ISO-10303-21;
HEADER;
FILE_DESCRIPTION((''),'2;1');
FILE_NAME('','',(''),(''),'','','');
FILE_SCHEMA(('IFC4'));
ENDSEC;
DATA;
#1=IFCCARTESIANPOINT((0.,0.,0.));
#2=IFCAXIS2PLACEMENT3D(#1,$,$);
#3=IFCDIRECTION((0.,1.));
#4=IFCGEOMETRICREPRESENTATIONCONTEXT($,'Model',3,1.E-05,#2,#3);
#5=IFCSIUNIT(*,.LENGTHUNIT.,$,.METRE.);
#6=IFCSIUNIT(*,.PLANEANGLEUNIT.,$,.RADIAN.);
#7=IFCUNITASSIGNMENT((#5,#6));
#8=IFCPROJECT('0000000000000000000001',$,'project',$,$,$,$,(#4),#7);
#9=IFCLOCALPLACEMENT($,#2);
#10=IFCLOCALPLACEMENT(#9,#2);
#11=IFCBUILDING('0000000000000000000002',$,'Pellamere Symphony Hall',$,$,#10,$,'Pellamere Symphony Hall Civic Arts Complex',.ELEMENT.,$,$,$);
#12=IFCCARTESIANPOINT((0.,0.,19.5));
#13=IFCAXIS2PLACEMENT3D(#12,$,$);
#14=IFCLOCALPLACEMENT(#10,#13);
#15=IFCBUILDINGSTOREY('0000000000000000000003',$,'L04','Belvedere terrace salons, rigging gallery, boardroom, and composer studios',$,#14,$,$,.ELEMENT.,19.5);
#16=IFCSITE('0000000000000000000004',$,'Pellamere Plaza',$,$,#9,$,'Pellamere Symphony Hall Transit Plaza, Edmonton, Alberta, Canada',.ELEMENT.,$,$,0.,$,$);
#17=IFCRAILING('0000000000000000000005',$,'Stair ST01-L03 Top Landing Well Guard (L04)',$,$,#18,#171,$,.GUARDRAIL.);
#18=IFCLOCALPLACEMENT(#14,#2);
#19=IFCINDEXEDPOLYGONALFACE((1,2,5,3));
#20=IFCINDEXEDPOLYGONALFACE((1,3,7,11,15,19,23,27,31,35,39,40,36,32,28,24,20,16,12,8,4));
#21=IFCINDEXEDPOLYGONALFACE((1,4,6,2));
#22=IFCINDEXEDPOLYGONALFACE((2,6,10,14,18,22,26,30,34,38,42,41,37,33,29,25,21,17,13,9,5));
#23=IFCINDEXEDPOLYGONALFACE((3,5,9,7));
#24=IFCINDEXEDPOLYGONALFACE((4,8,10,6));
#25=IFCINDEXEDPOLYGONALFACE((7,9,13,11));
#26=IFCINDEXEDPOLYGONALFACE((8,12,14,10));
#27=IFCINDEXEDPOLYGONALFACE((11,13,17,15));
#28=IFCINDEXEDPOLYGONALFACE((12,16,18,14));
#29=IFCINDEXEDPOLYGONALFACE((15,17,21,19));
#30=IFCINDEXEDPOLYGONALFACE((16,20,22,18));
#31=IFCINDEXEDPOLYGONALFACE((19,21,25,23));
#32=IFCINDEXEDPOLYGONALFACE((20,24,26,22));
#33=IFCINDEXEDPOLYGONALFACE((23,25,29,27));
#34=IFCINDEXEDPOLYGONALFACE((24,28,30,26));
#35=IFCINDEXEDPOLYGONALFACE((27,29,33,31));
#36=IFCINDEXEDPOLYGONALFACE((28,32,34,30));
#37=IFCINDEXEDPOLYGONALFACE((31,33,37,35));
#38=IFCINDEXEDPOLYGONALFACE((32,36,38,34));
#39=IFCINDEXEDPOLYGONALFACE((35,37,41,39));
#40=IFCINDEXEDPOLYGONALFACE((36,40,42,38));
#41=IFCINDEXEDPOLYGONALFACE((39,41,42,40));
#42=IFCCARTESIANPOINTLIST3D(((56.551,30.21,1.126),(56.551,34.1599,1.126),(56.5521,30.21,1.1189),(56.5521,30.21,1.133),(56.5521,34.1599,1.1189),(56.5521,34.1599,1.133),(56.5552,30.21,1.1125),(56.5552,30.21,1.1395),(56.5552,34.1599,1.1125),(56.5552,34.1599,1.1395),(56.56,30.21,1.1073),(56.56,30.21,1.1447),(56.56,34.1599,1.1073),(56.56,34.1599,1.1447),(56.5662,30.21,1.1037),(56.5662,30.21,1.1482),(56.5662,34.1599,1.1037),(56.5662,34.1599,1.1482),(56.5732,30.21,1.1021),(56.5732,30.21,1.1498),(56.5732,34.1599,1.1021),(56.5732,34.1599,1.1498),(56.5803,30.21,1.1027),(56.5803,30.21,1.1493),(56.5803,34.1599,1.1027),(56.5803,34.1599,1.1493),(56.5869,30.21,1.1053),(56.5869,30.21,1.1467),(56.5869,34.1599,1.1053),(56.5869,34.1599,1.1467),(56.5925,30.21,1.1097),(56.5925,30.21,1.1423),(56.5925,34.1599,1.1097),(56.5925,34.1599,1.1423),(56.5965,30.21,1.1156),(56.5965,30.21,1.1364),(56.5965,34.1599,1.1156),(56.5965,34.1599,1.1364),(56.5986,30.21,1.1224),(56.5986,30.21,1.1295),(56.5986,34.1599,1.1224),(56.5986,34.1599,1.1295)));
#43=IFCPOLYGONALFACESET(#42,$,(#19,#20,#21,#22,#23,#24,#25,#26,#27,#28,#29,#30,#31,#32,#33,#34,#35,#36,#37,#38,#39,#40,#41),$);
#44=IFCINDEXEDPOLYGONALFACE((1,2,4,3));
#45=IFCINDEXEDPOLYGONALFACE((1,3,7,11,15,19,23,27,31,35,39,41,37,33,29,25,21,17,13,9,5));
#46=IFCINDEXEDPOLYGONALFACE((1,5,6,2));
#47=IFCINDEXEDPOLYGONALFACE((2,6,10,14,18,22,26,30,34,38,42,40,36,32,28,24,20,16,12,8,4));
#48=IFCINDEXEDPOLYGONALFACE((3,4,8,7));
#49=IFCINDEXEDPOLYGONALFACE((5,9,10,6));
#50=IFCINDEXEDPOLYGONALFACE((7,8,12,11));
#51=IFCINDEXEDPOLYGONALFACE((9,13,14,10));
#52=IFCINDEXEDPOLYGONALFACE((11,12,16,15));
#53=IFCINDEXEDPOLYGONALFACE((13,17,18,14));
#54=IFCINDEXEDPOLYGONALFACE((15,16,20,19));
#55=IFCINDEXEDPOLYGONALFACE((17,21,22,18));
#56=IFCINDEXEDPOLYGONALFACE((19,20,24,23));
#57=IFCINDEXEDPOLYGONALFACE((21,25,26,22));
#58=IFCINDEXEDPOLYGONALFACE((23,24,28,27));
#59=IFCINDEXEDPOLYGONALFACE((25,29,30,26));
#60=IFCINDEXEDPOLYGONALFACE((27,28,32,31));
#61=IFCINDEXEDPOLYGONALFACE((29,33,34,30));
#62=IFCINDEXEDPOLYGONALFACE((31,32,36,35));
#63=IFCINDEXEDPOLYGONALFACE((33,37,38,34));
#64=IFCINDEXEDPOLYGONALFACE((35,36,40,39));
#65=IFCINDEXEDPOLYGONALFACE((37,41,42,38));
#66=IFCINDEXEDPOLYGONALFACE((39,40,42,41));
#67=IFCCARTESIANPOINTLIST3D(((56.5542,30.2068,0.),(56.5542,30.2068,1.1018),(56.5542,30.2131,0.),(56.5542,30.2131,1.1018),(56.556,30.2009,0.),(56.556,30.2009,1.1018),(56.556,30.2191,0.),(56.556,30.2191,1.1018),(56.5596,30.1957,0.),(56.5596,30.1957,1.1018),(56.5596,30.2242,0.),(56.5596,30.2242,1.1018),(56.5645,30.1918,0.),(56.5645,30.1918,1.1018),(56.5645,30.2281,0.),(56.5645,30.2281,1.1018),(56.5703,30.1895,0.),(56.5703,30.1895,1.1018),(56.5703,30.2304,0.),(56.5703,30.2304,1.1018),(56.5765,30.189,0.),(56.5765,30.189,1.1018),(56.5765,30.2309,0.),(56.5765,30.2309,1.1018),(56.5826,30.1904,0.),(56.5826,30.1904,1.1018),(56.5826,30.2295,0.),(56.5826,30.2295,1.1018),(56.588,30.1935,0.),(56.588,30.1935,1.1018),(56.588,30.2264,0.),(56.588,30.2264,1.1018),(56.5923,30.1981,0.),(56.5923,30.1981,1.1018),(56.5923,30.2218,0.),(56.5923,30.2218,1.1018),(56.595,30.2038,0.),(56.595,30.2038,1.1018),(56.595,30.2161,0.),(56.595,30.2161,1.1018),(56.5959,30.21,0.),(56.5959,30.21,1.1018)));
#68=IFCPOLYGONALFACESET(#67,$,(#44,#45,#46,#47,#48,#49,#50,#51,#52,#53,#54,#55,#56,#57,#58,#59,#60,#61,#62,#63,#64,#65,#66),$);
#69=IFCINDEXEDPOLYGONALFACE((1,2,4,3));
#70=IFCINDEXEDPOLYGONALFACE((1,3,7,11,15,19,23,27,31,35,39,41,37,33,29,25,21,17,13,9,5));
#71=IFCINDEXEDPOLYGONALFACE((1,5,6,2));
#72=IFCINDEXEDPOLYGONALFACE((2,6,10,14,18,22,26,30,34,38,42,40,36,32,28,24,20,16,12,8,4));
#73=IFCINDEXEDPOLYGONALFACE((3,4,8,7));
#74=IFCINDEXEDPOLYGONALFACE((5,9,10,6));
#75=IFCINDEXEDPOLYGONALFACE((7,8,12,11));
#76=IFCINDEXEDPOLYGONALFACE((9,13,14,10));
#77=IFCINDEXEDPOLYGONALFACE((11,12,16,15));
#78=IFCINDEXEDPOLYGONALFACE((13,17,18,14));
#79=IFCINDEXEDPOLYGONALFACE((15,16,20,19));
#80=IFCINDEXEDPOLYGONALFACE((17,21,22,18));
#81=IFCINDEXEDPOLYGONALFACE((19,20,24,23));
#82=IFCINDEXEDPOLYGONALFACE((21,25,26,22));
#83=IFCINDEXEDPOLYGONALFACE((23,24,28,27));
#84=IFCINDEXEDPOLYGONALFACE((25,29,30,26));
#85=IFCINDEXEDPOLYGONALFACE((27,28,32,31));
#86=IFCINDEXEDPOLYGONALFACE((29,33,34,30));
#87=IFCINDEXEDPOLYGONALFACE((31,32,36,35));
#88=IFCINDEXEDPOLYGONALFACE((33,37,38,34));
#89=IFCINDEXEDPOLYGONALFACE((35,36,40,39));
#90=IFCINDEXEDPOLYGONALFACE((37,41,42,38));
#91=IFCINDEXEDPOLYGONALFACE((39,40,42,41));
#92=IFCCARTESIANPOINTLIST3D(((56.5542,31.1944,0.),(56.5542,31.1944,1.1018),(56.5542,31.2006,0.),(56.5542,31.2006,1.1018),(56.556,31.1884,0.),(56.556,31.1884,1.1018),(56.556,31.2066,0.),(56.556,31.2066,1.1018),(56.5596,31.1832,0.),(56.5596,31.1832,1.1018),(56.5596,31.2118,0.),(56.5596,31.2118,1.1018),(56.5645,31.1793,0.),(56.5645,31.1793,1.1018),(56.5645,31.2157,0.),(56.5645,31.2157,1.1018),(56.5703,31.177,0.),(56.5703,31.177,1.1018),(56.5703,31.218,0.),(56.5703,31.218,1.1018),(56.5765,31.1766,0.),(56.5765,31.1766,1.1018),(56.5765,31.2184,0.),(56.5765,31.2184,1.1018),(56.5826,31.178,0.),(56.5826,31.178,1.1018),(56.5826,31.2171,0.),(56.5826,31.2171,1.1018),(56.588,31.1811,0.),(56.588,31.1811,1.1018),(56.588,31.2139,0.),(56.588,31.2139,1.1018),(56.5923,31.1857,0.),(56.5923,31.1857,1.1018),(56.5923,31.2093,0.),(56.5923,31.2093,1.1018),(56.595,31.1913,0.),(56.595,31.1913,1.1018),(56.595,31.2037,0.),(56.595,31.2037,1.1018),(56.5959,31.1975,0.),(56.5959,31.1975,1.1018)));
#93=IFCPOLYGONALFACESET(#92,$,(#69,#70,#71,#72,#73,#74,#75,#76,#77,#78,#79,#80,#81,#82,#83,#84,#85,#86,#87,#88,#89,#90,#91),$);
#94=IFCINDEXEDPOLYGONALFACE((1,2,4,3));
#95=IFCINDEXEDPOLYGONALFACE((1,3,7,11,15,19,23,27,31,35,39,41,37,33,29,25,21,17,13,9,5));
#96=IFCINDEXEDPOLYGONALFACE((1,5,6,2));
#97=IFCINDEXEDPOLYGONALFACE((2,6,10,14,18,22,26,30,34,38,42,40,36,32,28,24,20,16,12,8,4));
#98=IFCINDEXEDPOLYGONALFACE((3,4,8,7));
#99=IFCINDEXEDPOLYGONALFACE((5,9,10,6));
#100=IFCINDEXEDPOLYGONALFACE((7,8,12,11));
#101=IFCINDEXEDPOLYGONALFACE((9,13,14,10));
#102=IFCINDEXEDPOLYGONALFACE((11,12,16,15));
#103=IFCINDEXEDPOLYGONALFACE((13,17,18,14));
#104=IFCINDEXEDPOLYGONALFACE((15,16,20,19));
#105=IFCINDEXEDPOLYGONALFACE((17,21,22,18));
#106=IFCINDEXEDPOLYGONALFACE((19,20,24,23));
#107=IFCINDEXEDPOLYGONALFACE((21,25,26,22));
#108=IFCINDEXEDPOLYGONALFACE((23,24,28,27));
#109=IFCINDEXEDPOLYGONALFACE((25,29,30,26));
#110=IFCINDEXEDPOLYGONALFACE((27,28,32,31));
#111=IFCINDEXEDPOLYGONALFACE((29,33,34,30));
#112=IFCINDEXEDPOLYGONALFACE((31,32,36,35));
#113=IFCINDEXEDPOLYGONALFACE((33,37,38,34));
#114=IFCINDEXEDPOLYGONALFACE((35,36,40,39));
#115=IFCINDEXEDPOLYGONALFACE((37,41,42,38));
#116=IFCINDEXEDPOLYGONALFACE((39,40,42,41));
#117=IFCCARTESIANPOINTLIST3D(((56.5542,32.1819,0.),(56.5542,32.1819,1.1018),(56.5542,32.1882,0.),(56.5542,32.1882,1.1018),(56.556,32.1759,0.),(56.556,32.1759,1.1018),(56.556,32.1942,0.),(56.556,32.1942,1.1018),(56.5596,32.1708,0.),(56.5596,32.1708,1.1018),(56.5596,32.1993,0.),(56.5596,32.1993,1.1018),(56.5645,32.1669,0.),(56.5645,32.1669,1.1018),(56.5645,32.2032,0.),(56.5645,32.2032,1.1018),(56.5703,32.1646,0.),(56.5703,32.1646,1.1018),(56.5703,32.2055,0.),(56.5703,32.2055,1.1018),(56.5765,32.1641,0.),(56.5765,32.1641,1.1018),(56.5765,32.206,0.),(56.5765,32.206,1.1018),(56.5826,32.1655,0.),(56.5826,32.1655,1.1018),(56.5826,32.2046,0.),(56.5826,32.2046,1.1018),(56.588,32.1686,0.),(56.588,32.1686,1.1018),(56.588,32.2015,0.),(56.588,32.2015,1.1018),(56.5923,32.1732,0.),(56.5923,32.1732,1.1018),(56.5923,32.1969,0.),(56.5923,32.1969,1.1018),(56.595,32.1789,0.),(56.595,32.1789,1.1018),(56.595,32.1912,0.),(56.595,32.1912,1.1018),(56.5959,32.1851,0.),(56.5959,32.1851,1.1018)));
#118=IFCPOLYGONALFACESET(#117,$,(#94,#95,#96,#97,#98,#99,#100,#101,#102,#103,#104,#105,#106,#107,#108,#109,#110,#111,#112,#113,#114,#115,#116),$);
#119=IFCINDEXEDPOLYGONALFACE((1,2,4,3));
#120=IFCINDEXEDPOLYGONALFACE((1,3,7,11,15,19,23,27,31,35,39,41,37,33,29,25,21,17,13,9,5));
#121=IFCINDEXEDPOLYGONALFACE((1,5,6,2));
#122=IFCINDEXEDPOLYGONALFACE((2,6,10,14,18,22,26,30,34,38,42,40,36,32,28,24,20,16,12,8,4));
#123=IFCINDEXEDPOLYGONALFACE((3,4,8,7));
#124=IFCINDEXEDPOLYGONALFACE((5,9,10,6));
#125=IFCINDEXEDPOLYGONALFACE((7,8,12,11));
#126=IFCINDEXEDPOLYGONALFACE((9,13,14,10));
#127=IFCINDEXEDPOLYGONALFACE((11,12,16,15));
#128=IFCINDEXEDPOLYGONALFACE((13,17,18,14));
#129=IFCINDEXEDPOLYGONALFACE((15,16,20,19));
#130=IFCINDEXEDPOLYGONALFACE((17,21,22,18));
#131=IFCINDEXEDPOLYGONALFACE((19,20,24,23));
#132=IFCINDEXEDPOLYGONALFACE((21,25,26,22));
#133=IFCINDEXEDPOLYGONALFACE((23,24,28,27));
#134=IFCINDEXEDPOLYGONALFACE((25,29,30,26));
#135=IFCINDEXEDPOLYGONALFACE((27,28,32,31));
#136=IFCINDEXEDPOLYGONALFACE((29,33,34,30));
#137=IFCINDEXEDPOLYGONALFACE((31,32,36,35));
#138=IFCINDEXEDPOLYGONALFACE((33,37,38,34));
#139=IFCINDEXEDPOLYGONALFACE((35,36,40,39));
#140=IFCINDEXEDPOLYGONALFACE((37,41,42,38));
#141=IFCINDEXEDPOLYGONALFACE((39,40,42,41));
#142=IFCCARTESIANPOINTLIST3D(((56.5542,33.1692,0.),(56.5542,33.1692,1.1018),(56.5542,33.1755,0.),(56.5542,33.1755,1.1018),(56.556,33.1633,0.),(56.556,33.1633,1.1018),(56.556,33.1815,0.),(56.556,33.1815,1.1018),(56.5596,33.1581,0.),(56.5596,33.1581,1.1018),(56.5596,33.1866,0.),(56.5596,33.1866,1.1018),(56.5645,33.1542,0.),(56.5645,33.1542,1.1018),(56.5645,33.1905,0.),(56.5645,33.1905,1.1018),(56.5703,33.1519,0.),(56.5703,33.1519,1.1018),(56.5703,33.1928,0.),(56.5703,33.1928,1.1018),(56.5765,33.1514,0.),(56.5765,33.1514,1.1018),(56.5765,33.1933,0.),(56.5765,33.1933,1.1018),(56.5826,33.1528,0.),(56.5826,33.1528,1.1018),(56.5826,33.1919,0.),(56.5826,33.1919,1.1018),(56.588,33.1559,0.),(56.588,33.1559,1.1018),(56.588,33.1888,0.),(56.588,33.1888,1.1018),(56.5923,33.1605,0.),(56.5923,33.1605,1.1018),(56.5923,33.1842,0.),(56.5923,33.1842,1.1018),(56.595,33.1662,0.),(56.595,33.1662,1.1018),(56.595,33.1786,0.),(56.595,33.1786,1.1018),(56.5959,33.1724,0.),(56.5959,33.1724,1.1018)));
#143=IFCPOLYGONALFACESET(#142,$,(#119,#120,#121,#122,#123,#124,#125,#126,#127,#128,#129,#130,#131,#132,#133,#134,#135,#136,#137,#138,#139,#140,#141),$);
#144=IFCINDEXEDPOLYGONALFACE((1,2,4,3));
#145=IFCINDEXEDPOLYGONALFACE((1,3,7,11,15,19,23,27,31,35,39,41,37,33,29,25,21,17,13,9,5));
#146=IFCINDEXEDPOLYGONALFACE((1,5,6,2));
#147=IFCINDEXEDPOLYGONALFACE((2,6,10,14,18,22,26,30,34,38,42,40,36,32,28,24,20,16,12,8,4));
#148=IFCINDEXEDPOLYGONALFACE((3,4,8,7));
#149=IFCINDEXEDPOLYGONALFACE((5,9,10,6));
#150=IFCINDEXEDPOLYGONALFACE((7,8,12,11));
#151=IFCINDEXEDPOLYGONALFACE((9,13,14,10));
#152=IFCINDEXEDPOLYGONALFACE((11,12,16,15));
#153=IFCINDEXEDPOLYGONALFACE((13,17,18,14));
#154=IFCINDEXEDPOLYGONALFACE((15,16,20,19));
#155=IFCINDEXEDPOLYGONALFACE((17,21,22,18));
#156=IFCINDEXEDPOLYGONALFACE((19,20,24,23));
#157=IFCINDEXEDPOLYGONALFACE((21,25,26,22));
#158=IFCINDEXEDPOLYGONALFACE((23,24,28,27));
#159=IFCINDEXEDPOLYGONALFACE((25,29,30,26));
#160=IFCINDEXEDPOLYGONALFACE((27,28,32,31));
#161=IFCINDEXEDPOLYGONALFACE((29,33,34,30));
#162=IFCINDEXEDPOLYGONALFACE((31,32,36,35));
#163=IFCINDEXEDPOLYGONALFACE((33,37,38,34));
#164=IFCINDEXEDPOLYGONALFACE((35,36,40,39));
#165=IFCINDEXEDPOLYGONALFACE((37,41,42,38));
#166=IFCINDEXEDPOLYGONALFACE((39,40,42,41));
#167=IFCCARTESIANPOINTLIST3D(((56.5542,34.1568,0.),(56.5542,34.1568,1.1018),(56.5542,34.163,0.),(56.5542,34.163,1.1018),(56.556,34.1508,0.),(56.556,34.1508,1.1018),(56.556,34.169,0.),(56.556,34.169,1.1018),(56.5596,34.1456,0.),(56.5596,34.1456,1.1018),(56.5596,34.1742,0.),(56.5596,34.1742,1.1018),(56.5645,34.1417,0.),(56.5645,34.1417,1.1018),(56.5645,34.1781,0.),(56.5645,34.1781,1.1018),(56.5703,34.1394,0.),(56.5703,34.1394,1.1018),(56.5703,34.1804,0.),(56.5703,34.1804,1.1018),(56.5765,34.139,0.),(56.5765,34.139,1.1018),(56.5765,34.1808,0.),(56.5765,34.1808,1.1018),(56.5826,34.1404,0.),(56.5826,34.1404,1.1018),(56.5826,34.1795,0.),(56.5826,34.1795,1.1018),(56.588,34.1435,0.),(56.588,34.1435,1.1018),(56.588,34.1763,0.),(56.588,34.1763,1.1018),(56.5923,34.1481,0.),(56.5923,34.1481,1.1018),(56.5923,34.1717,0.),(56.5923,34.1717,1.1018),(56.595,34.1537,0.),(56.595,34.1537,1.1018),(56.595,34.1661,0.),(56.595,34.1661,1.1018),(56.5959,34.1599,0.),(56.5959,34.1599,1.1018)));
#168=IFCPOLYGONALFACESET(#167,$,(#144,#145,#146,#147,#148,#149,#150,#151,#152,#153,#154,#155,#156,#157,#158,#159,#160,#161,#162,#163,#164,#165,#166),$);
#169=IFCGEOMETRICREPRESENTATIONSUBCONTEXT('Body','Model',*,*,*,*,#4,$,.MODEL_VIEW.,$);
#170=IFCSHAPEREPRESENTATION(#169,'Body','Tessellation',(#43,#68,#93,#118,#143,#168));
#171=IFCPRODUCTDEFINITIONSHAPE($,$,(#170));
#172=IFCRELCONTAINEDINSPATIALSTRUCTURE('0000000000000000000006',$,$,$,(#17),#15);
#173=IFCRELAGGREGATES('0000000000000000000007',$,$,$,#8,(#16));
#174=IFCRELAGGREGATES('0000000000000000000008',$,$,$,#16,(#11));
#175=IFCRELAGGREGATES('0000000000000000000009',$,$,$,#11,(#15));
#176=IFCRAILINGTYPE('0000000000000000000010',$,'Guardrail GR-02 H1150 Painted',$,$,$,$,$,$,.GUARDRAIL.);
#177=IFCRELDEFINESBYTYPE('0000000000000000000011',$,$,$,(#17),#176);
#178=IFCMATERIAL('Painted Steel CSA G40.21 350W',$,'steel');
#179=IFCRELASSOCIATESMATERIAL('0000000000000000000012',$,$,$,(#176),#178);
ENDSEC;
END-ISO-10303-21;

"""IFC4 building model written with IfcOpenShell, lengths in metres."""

from ifc_helpers import new_model, si_unit, direction, frame, origin, origin_2d, place, context, subcontext, project, spatial, circle, extrude, material, type_object, element, save


model = new_model("IFC4")

# Units and contexts
model_context = context("Model", 3, precision=1e-05, world=origin(), true_north=direction((0.0, 1.0)))
body_context = subcontext(model_context, "Body", "Model", "MODEL_VIEW")
ifc_project = project(units=[si_unit("LENGTHUNIT", "METRE"), si_unit("PLANEANGLEUNIT", "RADIAN")], contexts=[model_context])

# Site, building, storey
site_placement = place(None, origin())
site = spatial("IfcSite", under=ifc_project, at=site_placement, Name="Pellamere Plaza", LongName="Pellamere Symphony Hall Transit Plaza, Edmonton, Alberta, Canada", CompositionType="ELEMENT", RefElevation=0.0)
building_placement = place(site_placement, origin())
building = spatial("IfcBuilding", under=site, at=building_placement, Name="Pellamere Symphony Hall", LongName="Pellamere Symphony Hall Civic Arts Complex", CompositionType="ELEMENT")
storey_placement = place(building_placement, frame((0.0, 0.0, 19.5)))
storey = spatial("IfcBuildingStorey", under=building, at=storey_placement, Name="L04", Description="Belvedere terrace salons, rigging gallery, boardroom, and composer studios", CompositionType="ELEMENT", Elevation=19.5)

# Railing
ifc_material_1 = material(Name="Painted Steel CSA G40.21 350W", Category="steel")
railing_type = type_object("IfcRailingType", Name="Guardrail GR-02 H1150 Painted", PredefinedType="GUARDRAIL", material=ifc_material_1)
railing_placement = place(storey_placement, frame((56.575, 30.21, 0.0)))
element("IfcRailing", 1, at=railing_placement, inside=storey, type_object=railing_type, Name="Stair ST01-L03 Top Landing Well Guard (L04)", PredefinedType="GUARDRAIL", context=body_context, shape_type="SweptSolid", body=[
    extrude(circle(Radius=0.0239, at=origin_2d()), frame((0.0, 0.0, 1.126), z_axis=(0.0, 1.0, 0.0), x_axis=(-1.0, 0.0, 0.0)), (0.0, 0.0, 1.0), 3.95),
    extrude(circle(Radius=0.021, at=origin_2d()), origin(), (0.0, 0.0, 1.0), 1.1018),
    extrude(circle(Radius=0.021, at=origin_2d()), frame((0.0, 0.9875, 0.0)), (0.0, 0.0, 1.0), 1.1018),
    extrude(circle(Radius=0.021, at=origin_2d()), frame((0.0, 1.9751, 0.0)), (0.0, 0.0, 1.0), 1.1018),
    extrude(circle(Radius=0.021, at=origin_2d()), frame((0.0, 2.9624, 0.0)), (0.0, 0.0, 1.0), 1.1018),
    extrude(circle(Radius=0.021, at=origin_2d()), frame((0.0, 3.95, 0.0)), (0.0, 0.0, 1.0), 1.1018),
])

save(model, "model.ifc")
